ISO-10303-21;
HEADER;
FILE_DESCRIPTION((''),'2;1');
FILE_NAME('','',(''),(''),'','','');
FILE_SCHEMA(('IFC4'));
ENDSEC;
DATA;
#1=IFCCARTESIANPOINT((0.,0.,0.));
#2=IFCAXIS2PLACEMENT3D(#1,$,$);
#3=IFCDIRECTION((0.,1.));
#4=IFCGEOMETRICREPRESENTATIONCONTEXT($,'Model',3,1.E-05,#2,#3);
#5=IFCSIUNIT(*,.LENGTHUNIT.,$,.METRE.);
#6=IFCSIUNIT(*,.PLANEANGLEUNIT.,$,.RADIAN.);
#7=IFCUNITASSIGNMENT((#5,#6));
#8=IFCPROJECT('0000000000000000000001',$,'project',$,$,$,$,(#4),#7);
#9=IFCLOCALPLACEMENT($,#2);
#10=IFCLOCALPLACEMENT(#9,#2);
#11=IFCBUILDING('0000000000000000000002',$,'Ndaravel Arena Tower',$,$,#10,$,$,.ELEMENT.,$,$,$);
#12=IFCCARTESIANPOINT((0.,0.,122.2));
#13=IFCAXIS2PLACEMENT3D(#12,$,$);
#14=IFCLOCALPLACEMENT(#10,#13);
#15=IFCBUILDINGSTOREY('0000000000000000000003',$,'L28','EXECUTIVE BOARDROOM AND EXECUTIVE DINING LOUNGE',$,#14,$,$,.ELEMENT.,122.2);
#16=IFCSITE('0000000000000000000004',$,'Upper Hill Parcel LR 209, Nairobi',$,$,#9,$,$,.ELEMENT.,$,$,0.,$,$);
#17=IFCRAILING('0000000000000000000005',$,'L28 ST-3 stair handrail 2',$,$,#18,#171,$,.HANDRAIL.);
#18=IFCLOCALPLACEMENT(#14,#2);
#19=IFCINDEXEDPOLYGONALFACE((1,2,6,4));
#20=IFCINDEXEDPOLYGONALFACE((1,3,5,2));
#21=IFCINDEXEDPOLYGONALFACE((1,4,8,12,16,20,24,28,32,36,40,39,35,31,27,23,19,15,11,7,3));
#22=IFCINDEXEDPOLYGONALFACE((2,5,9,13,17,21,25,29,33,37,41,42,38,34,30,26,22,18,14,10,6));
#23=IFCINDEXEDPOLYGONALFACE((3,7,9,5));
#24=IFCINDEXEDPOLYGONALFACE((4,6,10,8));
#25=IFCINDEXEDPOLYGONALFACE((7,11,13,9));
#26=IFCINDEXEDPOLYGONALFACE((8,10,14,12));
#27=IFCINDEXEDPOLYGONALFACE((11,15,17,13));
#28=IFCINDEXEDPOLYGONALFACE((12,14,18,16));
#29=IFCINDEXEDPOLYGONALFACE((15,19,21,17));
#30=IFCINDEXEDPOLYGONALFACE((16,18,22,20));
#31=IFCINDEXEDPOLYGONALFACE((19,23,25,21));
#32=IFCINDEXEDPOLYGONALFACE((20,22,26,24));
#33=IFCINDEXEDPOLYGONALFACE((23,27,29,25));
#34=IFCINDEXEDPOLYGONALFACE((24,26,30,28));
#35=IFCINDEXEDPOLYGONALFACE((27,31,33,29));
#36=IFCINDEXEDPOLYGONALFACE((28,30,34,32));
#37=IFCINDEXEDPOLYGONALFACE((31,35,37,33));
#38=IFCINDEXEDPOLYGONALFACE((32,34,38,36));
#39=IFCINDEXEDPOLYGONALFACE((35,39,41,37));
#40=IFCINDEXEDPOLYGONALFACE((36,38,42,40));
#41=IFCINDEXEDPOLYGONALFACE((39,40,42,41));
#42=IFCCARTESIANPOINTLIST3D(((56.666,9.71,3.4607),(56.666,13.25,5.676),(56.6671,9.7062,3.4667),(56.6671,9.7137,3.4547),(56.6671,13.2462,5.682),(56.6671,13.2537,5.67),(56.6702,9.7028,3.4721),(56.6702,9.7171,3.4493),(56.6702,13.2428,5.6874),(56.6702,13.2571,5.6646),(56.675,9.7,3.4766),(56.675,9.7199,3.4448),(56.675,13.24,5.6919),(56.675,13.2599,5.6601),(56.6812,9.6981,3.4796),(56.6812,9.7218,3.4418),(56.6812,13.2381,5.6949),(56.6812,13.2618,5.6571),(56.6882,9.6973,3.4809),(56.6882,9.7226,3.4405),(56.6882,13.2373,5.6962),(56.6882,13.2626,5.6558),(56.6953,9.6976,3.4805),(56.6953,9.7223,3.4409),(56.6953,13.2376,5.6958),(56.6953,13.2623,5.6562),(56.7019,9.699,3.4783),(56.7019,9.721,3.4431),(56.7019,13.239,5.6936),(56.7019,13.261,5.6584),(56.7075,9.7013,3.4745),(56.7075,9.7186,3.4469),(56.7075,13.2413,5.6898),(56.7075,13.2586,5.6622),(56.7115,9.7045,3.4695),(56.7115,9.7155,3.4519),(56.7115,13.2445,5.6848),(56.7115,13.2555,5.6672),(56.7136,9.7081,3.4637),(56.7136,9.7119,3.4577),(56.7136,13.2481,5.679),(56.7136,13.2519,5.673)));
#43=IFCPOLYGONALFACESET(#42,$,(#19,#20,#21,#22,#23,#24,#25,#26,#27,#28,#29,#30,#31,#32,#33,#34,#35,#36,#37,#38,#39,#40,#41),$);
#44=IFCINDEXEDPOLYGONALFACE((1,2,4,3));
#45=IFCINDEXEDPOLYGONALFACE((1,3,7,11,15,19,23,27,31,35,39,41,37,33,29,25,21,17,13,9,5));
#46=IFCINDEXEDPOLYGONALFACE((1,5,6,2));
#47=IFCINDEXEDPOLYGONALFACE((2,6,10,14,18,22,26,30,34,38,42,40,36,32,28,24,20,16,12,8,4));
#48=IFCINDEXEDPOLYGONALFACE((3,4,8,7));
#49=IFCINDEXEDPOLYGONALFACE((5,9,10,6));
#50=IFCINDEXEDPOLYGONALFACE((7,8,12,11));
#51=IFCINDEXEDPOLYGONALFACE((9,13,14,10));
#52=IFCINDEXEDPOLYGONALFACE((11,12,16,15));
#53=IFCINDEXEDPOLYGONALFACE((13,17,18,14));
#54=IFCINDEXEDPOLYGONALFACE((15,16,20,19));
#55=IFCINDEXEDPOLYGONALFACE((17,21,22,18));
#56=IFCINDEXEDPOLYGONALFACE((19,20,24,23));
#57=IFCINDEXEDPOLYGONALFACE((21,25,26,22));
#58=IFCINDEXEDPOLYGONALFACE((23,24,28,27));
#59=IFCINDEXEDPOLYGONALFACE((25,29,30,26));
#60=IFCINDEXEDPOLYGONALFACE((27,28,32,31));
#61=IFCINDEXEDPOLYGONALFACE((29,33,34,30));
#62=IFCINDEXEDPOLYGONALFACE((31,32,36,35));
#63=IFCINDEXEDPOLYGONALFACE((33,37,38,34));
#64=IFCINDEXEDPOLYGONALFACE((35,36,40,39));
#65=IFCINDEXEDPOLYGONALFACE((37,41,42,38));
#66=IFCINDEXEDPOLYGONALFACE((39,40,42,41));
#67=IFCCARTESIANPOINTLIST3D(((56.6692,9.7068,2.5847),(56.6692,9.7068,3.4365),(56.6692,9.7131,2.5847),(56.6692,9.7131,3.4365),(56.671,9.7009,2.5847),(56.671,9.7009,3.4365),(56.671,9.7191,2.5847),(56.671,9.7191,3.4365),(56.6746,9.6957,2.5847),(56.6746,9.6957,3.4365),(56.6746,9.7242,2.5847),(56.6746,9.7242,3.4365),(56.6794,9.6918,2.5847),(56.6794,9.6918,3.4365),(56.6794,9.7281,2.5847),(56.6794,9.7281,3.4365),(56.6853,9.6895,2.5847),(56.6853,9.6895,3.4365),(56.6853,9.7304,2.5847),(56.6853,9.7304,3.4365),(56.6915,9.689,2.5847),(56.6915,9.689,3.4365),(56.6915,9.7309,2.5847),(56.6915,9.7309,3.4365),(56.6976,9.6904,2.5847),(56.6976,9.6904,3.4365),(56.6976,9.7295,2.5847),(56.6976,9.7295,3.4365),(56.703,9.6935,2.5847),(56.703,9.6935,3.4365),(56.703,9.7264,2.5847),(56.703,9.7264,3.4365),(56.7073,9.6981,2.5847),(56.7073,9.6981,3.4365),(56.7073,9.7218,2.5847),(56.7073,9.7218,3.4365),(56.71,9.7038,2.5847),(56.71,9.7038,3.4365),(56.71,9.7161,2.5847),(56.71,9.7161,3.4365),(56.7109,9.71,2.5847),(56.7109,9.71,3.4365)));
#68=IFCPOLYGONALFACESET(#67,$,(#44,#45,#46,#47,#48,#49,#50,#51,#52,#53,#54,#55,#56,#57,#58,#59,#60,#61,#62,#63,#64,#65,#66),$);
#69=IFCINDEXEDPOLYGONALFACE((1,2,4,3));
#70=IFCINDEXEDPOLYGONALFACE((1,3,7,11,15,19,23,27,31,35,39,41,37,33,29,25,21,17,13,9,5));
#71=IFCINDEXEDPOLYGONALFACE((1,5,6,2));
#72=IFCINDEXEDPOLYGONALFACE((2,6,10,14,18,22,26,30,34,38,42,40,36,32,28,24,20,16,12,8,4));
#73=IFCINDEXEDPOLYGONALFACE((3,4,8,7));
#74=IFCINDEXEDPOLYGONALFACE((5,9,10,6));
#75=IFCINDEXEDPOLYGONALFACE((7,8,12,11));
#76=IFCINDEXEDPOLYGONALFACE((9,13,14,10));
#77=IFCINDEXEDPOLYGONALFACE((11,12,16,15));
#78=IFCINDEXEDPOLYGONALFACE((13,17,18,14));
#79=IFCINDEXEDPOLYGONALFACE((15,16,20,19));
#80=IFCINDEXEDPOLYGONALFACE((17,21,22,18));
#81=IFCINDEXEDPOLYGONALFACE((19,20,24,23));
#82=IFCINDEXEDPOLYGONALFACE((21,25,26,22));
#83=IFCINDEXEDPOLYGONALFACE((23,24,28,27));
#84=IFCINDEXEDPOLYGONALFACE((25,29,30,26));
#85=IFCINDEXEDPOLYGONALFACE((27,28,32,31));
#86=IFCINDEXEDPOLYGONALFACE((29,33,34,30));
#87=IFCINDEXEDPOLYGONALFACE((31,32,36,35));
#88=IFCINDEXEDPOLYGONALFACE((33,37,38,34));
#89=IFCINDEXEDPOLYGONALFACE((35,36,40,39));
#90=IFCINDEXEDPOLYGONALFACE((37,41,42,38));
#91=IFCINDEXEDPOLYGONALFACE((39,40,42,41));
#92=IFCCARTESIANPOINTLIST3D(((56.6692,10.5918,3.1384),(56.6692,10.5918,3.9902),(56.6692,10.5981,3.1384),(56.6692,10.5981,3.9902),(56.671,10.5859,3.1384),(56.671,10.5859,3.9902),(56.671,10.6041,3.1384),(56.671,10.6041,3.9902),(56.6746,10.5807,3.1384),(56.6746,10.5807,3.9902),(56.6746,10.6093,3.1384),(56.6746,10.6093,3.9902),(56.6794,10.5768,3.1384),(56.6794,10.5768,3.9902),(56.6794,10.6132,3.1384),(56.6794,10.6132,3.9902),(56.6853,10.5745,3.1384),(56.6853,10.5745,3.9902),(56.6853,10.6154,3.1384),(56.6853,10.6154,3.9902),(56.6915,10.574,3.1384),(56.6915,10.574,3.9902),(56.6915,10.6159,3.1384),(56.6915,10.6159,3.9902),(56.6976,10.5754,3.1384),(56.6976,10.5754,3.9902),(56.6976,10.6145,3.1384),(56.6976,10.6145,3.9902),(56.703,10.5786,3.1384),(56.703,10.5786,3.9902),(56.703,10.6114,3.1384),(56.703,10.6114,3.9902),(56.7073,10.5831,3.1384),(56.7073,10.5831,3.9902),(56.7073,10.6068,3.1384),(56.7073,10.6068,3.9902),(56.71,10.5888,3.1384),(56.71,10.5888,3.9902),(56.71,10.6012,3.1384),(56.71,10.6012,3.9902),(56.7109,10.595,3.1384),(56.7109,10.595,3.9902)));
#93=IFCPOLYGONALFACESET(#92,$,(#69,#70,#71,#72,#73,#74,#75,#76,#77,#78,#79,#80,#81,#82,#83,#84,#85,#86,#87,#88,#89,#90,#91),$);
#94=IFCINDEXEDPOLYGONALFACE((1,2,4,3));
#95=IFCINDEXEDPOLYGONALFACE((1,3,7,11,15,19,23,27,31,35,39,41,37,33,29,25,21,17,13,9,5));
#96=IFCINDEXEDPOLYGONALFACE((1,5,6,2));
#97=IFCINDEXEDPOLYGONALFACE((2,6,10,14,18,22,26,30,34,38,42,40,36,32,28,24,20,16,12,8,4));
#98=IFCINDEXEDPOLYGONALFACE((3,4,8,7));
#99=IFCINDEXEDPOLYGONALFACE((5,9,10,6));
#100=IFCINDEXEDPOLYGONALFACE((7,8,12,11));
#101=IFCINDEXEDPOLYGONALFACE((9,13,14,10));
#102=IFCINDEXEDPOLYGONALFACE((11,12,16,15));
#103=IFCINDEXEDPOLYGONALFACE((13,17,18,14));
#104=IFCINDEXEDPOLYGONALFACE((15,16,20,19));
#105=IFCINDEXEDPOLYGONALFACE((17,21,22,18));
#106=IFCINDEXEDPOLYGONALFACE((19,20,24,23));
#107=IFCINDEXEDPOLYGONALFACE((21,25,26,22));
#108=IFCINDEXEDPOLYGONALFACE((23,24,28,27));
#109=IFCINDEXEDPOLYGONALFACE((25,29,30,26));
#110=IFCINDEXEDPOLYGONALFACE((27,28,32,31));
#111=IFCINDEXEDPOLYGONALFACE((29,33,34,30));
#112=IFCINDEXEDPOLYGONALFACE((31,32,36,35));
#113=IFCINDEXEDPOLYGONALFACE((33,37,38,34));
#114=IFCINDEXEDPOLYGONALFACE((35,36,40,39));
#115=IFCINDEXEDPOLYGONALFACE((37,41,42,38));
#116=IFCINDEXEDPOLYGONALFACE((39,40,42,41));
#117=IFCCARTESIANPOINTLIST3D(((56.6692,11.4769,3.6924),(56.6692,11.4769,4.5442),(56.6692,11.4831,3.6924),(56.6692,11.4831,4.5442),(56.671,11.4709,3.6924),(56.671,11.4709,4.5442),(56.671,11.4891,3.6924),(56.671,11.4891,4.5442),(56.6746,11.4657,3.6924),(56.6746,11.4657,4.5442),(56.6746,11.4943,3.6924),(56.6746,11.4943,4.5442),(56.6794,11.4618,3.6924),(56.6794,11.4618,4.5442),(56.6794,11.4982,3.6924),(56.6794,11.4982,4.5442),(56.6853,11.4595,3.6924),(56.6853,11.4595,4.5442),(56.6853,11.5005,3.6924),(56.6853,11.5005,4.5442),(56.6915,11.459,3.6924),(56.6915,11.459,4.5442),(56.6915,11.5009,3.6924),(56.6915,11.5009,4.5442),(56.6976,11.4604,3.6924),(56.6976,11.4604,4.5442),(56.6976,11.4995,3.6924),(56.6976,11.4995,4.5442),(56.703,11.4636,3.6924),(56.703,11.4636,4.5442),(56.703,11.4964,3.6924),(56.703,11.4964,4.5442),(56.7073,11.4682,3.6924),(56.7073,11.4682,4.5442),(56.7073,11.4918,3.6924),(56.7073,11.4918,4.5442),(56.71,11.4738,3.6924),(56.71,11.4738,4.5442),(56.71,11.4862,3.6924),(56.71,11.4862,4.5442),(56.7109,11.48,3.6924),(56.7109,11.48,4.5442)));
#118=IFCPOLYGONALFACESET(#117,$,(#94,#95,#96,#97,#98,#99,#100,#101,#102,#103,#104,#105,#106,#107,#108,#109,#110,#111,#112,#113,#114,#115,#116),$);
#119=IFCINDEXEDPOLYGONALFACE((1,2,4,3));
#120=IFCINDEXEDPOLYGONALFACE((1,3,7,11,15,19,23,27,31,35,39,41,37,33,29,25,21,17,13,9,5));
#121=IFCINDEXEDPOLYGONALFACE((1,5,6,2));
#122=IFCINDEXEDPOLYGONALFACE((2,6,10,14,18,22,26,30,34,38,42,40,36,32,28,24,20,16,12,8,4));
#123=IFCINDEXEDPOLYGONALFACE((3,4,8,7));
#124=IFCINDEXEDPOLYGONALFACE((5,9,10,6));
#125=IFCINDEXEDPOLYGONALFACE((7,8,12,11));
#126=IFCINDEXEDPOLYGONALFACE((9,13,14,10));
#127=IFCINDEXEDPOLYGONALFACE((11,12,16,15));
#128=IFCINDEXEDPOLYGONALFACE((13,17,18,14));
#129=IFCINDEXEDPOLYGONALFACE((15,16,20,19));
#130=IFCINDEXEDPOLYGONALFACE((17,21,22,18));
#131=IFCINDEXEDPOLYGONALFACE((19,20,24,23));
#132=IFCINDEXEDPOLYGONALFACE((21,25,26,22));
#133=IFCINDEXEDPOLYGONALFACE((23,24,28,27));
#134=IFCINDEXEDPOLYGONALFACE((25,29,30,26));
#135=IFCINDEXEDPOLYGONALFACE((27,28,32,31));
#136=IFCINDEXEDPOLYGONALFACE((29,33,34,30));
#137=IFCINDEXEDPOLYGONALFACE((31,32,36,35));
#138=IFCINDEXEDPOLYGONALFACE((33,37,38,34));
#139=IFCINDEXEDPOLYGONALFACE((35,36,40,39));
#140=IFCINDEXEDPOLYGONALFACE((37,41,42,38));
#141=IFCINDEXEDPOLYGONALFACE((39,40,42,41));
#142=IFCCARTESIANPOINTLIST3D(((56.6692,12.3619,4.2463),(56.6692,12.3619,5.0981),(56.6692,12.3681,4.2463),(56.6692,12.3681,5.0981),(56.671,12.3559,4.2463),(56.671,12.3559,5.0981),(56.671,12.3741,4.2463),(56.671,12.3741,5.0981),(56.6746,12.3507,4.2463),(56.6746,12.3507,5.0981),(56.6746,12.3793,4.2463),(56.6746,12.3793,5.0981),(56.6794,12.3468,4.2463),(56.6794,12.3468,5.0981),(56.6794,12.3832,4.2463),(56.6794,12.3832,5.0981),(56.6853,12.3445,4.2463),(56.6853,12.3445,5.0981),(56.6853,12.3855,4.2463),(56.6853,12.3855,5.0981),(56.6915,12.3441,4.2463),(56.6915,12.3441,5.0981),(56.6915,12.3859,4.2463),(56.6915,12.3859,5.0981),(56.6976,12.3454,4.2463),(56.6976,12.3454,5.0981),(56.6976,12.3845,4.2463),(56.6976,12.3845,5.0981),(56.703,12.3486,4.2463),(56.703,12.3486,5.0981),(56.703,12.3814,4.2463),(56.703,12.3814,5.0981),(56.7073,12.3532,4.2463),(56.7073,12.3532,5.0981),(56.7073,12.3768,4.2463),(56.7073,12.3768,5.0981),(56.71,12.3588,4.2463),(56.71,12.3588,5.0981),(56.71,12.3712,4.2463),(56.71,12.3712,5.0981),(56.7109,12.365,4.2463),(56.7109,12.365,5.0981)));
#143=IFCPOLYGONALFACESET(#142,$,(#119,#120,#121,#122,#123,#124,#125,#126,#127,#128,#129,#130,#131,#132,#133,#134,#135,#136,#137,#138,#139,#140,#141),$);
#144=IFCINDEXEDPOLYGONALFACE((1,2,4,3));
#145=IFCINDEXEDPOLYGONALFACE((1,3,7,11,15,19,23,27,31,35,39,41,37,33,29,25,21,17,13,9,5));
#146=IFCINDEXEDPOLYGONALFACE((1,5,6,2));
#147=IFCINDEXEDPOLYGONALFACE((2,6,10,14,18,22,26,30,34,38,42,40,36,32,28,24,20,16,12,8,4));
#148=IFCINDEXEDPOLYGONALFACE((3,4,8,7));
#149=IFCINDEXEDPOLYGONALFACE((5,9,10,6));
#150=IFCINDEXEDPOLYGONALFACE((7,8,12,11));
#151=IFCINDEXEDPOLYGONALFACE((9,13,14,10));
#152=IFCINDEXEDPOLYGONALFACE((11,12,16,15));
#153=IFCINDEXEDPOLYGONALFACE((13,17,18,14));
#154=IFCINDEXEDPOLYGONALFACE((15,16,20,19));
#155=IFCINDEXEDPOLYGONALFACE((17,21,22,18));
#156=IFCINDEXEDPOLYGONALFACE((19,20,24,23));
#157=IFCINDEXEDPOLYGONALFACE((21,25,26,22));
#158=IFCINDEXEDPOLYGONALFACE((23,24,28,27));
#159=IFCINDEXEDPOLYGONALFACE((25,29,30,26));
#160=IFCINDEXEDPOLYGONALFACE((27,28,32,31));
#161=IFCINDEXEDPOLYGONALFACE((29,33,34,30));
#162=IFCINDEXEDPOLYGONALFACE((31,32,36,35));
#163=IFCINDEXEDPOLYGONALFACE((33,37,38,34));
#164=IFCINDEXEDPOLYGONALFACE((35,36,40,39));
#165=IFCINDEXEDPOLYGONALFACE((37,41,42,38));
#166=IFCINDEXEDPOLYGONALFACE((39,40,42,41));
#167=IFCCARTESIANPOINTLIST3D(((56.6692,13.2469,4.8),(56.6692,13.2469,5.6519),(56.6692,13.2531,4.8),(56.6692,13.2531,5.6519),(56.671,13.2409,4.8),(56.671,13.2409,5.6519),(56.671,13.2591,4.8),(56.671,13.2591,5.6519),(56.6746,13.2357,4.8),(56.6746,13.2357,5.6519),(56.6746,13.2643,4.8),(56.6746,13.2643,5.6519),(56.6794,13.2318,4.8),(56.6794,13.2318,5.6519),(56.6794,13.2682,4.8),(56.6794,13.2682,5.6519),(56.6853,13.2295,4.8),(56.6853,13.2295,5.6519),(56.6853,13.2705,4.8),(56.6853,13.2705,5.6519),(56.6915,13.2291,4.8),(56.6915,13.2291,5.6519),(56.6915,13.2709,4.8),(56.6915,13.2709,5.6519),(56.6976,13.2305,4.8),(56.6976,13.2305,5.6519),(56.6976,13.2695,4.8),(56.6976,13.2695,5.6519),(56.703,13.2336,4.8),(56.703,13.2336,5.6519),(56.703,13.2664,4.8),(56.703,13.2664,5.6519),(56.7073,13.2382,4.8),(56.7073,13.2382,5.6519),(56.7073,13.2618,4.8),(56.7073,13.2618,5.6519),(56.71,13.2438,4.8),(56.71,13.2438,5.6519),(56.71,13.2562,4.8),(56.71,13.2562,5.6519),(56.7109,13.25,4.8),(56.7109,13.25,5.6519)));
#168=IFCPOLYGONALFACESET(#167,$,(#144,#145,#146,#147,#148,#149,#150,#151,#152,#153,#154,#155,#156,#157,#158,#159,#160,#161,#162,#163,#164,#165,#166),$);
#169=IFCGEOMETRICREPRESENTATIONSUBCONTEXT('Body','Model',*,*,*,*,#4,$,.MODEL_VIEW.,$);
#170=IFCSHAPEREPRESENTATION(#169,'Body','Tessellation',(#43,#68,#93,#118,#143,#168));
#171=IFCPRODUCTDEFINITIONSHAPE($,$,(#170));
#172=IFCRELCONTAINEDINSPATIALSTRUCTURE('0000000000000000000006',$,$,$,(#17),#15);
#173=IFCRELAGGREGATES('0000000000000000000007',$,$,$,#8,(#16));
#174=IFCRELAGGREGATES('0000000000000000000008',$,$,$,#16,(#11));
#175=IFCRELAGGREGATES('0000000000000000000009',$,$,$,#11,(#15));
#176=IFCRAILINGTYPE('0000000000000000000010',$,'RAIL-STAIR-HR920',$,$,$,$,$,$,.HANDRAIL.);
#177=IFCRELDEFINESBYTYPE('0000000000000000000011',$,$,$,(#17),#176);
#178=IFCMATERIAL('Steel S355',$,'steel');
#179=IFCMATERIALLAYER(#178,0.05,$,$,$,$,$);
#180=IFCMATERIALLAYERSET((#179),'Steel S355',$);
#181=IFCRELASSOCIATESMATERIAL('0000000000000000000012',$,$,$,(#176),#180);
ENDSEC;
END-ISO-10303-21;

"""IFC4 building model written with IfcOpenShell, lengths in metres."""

from ifc_helpers import new_model, si_unit, direction, frame, origin, origin_2d, place, context, subcontext, project, spatial, circle, extrude, material, layer, layer_set, type_object, element, save


model = new_model("IFC4")

# Units and contexts
model_context = context("Model", 3, precision=1e-05, world=origin(), true_north=direction((0.0, 1.0)))
body_context = subcontext(model_context, "Body", "Model", "MODEL_VIEW")
ifc_project = project(units=[si_unit("LENGTHUNIT", "METRE"), si_unit("PLANEANGLEUNIT", "RADIAN")], contexts=[model_context])

# Site, building, storey
site_placement = place(None, origin())
site = spatial("IfcSite", under=ifc_project, at=site_placement, Name="Upper Hill Parcel LR 209, Nairobi", CompositionType="ELEMENT", RefElevation=0.0)
building_placement = place(site_placement, origin())
building = spatial("IfcBuilding", under=site, at=building_placement, Name="Ndaravel Arena Tower", CompositionType="ELEMENT")
storey_placement = place(building_placement, frame((0.0, 0.0, 122.2)))
storey = spatial("IfcBuildingStorey", under=building, at=storey_placement, Name="L28", Description="EXECUTIVE BOARDROOM AND EXECUTIVE DINING LOUNGE", CompositionType="ELEMENT", Elevation=122.2)

# Railing
ifc_material_1 = material(Name="Steel S355", Category="steel")
ifc_layer_1 = layer(ifc_material_1, 0.05)
ifc_layer_set_1 = layer_set([ifc_layer_1], Name="Steel S355")
railing_type_1 = type_object("IfcRailingType", Name="RAIL-STAIR-HR920", PredefinedType="HANDRAIL", material=ifc_layer_set_1)
railing_1_placement = place(storey_placement, frame((56.6899, 9.71, 2.5847)))
element("IfcRailing", 1, at=railing_1_placement, inside=storey, type_object=railing_type_1, Name="L28 ST-3 stair handrail 2", PredefinedType="HANDRAIL", context=body_context, shape_type="SweptSolid", body=[
    extrude(circle(Radius=0.0239, at=origin_2d()), frame((0.0, 0.0, 0.876), z_axis=(0.0, 0.847696, 0.530482), x_axis=(-1.0, 0.0, 0.0)), (0.0, 0.0, 1.0), 4.176),
    extrude(circle(Radius=0.021, at=origin_2d()), origin(), (0.0, 0.0, 1.0), 0.8518),
    extrude(circle(Radius=0.021, at=origin_2d()), frame((0.0, 0.885, 0.5537)), (0.0, 0.0, 1.0), 0.8518),
    extrude(circle(Radius=0.021, at=origin_2d()), frame((0.0, 1.77, 1.1077)), (0.0, 0.0, 1.0), 0.8518),
    extrude(circle(Radius=0.021, at=origin_2d()), frame((0.0, 2.655, 1.6616)), (0.0, 0.0, 1.0), 0.8518),
    extrude(circle(Radius=0.021, at=origin_2d()), frame((0.0, 3.54, 2.2153)), (0.0, 0.0, 1.0), 0.8518),
])

save(model, "model.ifc")
